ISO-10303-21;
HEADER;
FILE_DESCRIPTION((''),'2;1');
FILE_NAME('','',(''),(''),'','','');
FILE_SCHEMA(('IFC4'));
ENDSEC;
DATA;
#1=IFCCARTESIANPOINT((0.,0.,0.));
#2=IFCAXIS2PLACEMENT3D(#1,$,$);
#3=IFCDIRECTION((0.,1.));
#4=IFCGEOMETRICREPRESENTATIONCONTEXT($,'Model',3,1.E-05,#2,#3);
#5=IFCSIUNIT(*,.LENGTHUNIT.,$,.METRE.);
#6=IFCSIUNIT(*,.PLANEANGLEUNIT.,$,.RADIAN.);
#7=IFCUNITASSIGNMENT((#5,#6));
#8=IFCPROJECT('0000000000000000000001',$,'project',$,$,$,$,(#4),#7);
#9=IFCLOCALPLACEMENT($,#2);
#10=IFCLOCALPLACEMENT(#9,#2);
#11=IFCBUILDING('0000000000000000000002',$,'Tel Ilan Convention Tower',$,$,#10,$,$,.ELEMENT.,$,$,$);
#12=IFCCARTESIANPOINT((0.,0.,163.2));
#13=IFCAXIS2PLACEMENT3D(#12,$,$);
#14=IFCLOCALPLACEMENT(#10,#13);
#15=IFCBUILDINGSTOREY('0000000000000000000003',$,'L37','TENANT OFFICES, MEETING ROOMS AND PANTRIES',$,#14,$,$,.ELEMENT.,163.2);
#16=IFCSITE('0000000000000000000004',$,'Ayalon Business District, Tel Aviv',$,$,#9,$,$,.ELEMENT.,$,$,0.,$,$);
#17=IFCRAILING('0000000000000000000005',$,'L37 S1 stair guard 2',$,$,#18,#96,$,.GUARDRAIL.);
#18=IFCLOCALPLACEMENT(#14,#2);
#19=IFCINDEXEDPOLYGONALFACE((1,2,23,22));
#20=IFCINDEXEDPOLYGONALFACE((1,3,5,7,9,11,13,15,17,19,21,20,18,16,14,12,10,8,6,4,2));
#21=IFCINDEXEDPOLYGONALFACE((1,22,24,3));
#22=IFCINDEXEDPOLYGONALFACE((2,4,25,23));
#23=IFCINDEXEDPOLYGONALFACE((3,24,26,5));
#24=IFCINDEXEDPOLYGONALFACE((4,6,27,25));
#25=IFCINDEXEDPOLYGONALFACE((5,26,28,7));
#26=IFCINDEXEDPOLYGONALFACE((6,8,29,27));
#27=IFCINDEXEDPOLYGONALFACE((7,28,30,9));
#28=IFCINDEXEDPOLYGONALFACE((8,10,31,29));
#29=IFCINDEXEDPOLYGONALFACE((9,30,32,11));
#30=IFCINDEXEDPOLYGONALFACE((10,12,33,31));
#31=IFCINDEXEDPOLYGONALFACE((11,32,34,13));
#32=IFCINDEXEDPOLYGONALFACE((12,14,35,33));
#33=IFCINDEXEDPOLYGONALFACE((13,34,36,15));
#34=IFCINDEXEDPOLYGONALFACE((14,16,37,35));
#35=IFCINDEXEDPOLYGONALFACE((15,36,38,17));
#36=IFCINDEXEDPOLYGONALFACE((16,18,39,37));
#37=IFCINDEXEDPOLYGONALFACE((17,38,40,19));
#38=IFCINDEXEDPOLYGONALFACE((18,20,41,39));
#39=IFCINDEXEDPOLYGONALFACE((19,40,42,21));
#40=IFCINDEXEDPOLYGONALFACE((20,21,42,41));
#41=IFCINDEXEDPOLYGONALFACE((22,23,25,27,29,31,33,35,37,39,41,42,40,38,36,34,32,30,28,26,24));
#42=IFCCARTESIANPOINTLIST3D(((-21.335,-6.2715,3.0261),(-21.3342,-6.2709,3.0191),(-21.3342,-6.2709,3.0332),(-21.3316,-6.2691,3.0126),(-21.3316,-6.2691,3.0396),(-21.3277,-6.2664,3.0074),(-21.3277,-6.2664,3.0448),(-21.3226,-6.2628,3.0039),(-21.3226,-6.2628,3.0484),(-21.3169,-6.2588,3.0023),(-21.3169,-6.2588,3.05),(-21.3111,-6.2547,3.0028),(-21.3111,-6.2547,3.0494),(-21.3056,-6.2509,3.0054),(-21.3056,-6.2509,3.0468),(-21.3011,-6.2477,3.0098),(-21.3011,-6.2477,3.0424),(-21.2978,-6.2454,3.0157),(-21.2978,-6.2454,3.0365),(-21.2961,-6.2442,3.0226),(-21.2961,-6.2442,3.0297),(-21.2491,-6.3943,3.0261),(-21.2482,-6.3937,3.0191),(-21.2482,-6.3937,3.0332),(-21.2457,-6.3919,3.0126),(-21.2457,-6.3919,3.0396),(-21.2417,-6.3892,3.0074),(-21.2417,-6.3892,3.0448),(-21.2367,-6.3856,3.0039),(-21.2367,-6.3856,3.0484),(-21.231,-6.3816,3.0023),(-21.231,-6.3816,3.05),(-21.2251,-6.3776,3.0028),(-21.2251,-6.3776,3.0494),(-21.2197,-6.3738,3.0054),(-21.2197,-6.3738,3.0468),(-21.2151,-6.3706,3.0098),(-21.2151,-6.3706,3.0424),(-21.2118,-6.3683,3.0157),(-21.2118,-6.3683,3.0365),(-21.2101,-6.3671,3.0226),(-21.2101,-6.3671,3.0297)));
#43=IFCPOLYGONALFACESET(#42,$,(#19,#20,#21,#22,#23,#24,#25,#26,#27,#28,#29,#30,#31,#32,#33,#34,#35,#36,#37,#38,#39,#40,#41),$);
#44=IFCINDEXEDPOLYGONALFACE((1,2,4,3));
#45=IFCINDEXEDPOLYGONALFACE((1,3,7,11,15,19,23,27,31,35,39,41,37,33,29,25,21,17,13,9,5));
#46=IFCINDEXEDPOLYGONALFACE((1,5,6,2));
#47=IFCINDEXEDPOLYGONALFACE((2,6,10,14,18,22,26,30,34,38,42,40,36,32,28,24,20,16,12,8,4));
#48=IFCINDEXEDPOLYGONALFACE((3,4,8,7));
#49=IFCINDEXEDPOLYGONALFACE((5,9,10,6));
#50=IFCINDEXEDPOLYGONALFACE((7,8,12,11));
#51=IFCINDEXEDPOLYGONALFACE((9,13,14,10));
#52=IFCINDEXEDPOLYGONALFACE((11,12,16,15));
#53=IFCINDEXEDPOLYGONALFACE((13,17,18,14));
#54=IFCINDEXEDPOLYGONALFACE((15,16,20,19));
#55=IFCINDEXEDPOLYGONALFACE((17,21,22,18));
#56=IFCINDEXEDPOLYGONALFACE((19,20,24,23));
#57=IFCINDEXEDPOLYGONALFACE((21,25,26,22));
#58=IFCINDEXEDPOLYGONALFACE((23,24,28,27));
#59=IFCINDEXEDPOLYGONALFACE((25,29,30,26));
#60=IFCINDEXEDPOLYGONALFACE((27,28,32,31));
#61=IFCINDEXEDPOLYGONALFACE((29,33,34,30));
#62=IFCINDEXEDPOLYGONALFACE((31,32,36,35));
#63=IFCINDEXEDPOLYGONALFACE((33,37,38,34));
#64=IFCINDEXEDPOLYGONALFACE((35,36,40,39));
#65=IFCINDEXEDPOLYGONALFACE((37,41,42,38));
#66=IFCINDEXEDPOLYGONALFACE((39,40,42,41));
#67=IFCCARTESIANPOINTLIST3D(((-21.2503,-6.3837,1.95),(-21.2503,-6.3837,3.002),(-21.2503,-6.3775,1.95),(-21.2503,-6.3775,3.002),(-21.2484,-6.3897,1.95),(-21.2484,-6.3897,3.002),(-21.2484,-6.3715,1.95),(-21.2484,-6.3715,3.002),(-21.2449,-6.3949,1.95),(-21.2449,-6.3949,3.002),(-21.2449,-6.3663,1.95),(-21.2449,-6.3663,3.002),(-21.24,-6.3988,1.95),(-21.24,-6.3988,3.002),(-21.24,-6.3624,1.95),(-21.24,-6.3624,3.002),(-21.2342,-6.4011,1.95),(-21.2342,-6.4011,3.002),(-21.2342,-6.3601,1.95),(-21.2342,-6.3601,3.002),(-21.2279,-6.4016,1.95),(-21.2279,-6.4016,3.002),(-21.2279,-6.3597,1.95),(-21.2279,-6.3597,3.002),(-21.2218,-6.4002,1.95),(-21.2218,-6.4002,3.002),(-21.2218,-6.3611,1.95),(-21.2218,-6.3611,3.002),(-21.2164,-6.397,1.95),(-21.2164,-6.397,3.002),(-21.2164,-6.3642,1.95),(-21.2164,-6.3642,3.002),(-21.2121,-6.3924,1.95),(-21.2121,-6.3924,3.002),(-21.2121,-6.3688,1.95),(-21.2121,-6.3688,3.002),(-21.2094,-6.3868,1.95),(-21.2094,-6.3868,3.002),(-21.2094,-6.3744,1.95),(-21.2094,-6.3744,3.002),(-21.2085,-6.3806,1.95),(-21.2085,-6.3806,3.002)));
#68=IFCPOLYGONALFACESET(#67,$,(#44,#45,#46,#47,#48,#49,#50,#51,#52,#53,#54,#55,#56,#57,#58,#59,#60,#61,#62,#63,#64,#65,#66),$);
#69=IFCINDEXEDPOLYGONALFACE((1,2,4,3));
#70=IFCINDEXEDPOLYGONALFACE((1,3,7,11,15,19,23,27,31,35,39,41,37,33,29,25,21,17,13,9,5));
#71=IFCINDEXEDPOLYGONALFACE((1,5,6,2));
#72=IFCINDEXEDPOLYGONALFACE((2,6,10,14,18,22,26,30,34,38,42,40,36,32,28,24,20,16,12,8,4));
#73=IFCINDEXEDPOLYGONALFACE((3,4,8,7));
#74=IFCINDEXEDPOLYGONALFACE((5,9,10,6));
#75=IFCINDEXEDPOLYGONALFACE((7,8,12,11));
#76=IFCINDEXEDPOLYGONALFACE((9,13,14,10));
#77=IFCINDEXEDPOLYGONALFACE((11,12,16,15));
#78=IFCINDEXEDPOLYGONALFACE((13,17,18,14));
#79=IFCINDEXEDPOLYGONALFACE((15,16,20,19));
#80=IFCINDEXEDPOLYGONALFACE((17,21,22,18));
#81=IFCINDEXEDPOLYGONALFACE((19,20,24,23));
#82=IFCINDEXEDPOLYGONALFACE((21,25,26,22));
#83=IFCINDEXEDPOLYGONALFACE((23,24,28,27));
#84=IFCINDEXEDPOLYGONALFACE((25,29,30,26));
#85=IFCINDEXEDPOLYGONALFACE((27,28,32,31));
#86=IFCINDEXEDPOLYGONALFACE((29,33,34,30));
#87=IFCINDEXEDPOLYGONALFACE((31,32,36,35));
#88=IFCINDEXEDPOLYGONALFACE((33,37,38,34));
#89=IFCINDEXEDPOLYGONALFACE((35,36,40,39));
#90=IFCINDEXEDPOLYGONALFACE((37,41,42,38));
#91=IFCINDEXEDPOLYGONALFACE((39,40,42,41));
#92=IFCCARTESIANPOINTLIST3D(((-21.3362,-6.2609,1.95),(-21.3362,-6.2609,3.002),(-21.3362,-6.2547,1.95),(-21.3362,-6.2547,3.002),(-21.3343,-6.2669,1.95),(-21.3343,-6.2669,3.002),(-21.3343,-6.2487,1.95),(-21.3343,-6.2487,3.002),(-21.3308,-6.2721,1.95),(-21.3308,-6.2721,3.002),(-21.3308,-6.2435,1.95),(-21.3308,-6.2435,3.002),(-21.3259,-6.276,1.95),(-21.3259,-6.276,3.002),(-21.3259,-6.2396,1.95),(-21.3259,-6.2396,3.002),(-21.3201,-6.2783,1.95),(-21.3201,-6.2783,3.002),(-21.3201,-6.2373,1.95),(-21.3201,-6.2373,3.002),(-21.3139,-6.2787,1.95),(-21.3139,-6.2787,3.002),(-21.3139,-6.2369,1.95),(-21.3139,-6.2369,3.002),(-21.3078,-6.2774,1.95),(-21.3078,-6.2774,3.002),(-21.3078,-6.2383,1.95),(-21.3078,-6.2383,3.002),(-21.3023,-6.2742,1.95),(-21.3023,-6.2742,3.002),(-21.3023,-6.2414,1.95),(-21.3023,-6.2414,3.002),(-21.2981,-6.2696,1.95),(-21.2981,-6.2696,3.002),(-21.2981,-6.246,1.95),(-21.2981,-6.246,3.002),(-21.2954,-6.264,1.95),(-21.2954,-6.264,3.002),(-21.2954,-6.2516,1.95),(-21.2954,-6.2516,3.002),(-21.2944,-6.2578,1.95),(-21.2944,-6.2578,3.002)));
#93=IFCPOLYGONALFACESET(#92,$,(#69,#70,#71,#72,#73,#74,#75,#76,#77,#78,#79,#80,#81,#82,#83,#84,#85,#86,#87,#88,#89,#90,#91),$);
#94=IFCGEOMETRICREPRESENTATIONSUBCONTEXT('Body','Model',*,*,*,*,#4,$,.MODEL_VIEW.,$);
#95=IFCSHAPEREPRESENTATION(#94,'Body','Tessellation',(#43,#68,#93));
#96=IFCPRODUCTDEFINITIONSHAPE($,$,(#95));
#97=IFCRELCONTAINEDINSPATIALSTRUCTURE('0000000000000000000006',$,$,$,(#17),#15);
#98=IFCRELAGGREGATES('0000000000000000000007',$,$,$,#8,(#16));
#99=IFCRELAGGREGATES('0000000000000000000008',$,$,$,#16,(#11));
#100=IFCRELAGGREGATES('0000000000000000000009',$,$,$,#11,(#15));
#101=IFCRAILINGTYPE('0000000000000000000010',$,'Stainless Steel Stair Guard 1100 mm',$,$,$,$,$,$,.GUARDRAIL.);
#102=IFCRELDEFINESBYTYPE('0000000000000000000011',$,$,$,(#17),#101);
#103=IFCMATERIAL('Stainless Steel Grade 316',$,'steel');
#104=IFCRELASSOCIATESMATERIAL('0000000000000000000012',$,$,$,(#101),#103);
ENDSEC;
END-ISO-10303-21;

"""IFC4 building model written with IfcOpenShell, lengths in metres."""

from ifc_helpers import new_model, si_unit, direction, frame, origin, origin_2d, place, context, subcontext, project, spatial, circle, extrude, material, type_object, element, save


model = new_model("IFC4")

# Units and contexts
model_context = context("Model", 3, precision=1e-05, world=origin(), true_north=direction((0.0, 1.0)))
body_context = subcontext(model_context, "Body", "Model", "MODEL_VIEW")
ifc_project = project(units=[si_unit("LENGTHUNIT", "METRE"), si_unit("PLANEANGLEUNIT", "RADIAN")], contexts=[model_context])

# Site, building, storey
site_placement = place(None, origin())
site = spatial("IfcSite", under=ifc_project, at=site_placement, Name="Ayalon Business District, Tel Aviv", CompositionType="ELEMENT", RefElevation=0.0)
building_placement = place(site_placement, origin())
building = spatial("IfcBuilding", under=site, at=building_placement, Name="Tel Ilan Convention Tower", CompositionType="ELEMENT")
storey_placement = place(building_placement, frame((0.0, 0.0, 163.2)))
storey = spatial("IfcBuildingStorey", under=building, at=storey_placement, Name="L37", Description="TENANT OFFICES, MEETING ROOMS AND PANTRIES", CompositionType="ELEMENT", Elevation=163.2)

# Railing
ifc_material_1 = material(Name="Stainless Steel Grade 316", Category="steel")
railing_type_1 = type_object("IfcRailingType", Name="Stainless Steel Stair Guard 1100 mm", PredefinedType="GUARDRAIL", material=ifc_material_1)
railing_1_placement = place(storey_placement, frame((-21.2295, -6.3806, 1.95)))
element("IfcRailing", 1, at=railing_1_placement, inside=storey, type_object=railing_type_1, Name="L37 S1 stair guard 2", PredefinedType="GUARDRAIL", context=body_context, shape_type="SweptSolid", body=[
    extrude(circle(Radius=0.0239, at=origin_2d()), frame((0.0, 0.0, 1.0762), z_axis=(-0.573353, 0.819308, 0.0), x_axis=(-0.819308, -0.573353, 0.0)), (0.0, 0.0, 1.0), 0.1499),
    extrude(circle(Radius=0.021, at=origin_2d()), origin(), (0.0, 0.0, 1.0), 1.052),
    extrude(circle(Radius=0.021, at=origin_2d()), frame((-0.0859, 0.1228, 0.0)), (0.0, 0.0, 1.0), 1.052),
])

save(model, "model.ifc")
